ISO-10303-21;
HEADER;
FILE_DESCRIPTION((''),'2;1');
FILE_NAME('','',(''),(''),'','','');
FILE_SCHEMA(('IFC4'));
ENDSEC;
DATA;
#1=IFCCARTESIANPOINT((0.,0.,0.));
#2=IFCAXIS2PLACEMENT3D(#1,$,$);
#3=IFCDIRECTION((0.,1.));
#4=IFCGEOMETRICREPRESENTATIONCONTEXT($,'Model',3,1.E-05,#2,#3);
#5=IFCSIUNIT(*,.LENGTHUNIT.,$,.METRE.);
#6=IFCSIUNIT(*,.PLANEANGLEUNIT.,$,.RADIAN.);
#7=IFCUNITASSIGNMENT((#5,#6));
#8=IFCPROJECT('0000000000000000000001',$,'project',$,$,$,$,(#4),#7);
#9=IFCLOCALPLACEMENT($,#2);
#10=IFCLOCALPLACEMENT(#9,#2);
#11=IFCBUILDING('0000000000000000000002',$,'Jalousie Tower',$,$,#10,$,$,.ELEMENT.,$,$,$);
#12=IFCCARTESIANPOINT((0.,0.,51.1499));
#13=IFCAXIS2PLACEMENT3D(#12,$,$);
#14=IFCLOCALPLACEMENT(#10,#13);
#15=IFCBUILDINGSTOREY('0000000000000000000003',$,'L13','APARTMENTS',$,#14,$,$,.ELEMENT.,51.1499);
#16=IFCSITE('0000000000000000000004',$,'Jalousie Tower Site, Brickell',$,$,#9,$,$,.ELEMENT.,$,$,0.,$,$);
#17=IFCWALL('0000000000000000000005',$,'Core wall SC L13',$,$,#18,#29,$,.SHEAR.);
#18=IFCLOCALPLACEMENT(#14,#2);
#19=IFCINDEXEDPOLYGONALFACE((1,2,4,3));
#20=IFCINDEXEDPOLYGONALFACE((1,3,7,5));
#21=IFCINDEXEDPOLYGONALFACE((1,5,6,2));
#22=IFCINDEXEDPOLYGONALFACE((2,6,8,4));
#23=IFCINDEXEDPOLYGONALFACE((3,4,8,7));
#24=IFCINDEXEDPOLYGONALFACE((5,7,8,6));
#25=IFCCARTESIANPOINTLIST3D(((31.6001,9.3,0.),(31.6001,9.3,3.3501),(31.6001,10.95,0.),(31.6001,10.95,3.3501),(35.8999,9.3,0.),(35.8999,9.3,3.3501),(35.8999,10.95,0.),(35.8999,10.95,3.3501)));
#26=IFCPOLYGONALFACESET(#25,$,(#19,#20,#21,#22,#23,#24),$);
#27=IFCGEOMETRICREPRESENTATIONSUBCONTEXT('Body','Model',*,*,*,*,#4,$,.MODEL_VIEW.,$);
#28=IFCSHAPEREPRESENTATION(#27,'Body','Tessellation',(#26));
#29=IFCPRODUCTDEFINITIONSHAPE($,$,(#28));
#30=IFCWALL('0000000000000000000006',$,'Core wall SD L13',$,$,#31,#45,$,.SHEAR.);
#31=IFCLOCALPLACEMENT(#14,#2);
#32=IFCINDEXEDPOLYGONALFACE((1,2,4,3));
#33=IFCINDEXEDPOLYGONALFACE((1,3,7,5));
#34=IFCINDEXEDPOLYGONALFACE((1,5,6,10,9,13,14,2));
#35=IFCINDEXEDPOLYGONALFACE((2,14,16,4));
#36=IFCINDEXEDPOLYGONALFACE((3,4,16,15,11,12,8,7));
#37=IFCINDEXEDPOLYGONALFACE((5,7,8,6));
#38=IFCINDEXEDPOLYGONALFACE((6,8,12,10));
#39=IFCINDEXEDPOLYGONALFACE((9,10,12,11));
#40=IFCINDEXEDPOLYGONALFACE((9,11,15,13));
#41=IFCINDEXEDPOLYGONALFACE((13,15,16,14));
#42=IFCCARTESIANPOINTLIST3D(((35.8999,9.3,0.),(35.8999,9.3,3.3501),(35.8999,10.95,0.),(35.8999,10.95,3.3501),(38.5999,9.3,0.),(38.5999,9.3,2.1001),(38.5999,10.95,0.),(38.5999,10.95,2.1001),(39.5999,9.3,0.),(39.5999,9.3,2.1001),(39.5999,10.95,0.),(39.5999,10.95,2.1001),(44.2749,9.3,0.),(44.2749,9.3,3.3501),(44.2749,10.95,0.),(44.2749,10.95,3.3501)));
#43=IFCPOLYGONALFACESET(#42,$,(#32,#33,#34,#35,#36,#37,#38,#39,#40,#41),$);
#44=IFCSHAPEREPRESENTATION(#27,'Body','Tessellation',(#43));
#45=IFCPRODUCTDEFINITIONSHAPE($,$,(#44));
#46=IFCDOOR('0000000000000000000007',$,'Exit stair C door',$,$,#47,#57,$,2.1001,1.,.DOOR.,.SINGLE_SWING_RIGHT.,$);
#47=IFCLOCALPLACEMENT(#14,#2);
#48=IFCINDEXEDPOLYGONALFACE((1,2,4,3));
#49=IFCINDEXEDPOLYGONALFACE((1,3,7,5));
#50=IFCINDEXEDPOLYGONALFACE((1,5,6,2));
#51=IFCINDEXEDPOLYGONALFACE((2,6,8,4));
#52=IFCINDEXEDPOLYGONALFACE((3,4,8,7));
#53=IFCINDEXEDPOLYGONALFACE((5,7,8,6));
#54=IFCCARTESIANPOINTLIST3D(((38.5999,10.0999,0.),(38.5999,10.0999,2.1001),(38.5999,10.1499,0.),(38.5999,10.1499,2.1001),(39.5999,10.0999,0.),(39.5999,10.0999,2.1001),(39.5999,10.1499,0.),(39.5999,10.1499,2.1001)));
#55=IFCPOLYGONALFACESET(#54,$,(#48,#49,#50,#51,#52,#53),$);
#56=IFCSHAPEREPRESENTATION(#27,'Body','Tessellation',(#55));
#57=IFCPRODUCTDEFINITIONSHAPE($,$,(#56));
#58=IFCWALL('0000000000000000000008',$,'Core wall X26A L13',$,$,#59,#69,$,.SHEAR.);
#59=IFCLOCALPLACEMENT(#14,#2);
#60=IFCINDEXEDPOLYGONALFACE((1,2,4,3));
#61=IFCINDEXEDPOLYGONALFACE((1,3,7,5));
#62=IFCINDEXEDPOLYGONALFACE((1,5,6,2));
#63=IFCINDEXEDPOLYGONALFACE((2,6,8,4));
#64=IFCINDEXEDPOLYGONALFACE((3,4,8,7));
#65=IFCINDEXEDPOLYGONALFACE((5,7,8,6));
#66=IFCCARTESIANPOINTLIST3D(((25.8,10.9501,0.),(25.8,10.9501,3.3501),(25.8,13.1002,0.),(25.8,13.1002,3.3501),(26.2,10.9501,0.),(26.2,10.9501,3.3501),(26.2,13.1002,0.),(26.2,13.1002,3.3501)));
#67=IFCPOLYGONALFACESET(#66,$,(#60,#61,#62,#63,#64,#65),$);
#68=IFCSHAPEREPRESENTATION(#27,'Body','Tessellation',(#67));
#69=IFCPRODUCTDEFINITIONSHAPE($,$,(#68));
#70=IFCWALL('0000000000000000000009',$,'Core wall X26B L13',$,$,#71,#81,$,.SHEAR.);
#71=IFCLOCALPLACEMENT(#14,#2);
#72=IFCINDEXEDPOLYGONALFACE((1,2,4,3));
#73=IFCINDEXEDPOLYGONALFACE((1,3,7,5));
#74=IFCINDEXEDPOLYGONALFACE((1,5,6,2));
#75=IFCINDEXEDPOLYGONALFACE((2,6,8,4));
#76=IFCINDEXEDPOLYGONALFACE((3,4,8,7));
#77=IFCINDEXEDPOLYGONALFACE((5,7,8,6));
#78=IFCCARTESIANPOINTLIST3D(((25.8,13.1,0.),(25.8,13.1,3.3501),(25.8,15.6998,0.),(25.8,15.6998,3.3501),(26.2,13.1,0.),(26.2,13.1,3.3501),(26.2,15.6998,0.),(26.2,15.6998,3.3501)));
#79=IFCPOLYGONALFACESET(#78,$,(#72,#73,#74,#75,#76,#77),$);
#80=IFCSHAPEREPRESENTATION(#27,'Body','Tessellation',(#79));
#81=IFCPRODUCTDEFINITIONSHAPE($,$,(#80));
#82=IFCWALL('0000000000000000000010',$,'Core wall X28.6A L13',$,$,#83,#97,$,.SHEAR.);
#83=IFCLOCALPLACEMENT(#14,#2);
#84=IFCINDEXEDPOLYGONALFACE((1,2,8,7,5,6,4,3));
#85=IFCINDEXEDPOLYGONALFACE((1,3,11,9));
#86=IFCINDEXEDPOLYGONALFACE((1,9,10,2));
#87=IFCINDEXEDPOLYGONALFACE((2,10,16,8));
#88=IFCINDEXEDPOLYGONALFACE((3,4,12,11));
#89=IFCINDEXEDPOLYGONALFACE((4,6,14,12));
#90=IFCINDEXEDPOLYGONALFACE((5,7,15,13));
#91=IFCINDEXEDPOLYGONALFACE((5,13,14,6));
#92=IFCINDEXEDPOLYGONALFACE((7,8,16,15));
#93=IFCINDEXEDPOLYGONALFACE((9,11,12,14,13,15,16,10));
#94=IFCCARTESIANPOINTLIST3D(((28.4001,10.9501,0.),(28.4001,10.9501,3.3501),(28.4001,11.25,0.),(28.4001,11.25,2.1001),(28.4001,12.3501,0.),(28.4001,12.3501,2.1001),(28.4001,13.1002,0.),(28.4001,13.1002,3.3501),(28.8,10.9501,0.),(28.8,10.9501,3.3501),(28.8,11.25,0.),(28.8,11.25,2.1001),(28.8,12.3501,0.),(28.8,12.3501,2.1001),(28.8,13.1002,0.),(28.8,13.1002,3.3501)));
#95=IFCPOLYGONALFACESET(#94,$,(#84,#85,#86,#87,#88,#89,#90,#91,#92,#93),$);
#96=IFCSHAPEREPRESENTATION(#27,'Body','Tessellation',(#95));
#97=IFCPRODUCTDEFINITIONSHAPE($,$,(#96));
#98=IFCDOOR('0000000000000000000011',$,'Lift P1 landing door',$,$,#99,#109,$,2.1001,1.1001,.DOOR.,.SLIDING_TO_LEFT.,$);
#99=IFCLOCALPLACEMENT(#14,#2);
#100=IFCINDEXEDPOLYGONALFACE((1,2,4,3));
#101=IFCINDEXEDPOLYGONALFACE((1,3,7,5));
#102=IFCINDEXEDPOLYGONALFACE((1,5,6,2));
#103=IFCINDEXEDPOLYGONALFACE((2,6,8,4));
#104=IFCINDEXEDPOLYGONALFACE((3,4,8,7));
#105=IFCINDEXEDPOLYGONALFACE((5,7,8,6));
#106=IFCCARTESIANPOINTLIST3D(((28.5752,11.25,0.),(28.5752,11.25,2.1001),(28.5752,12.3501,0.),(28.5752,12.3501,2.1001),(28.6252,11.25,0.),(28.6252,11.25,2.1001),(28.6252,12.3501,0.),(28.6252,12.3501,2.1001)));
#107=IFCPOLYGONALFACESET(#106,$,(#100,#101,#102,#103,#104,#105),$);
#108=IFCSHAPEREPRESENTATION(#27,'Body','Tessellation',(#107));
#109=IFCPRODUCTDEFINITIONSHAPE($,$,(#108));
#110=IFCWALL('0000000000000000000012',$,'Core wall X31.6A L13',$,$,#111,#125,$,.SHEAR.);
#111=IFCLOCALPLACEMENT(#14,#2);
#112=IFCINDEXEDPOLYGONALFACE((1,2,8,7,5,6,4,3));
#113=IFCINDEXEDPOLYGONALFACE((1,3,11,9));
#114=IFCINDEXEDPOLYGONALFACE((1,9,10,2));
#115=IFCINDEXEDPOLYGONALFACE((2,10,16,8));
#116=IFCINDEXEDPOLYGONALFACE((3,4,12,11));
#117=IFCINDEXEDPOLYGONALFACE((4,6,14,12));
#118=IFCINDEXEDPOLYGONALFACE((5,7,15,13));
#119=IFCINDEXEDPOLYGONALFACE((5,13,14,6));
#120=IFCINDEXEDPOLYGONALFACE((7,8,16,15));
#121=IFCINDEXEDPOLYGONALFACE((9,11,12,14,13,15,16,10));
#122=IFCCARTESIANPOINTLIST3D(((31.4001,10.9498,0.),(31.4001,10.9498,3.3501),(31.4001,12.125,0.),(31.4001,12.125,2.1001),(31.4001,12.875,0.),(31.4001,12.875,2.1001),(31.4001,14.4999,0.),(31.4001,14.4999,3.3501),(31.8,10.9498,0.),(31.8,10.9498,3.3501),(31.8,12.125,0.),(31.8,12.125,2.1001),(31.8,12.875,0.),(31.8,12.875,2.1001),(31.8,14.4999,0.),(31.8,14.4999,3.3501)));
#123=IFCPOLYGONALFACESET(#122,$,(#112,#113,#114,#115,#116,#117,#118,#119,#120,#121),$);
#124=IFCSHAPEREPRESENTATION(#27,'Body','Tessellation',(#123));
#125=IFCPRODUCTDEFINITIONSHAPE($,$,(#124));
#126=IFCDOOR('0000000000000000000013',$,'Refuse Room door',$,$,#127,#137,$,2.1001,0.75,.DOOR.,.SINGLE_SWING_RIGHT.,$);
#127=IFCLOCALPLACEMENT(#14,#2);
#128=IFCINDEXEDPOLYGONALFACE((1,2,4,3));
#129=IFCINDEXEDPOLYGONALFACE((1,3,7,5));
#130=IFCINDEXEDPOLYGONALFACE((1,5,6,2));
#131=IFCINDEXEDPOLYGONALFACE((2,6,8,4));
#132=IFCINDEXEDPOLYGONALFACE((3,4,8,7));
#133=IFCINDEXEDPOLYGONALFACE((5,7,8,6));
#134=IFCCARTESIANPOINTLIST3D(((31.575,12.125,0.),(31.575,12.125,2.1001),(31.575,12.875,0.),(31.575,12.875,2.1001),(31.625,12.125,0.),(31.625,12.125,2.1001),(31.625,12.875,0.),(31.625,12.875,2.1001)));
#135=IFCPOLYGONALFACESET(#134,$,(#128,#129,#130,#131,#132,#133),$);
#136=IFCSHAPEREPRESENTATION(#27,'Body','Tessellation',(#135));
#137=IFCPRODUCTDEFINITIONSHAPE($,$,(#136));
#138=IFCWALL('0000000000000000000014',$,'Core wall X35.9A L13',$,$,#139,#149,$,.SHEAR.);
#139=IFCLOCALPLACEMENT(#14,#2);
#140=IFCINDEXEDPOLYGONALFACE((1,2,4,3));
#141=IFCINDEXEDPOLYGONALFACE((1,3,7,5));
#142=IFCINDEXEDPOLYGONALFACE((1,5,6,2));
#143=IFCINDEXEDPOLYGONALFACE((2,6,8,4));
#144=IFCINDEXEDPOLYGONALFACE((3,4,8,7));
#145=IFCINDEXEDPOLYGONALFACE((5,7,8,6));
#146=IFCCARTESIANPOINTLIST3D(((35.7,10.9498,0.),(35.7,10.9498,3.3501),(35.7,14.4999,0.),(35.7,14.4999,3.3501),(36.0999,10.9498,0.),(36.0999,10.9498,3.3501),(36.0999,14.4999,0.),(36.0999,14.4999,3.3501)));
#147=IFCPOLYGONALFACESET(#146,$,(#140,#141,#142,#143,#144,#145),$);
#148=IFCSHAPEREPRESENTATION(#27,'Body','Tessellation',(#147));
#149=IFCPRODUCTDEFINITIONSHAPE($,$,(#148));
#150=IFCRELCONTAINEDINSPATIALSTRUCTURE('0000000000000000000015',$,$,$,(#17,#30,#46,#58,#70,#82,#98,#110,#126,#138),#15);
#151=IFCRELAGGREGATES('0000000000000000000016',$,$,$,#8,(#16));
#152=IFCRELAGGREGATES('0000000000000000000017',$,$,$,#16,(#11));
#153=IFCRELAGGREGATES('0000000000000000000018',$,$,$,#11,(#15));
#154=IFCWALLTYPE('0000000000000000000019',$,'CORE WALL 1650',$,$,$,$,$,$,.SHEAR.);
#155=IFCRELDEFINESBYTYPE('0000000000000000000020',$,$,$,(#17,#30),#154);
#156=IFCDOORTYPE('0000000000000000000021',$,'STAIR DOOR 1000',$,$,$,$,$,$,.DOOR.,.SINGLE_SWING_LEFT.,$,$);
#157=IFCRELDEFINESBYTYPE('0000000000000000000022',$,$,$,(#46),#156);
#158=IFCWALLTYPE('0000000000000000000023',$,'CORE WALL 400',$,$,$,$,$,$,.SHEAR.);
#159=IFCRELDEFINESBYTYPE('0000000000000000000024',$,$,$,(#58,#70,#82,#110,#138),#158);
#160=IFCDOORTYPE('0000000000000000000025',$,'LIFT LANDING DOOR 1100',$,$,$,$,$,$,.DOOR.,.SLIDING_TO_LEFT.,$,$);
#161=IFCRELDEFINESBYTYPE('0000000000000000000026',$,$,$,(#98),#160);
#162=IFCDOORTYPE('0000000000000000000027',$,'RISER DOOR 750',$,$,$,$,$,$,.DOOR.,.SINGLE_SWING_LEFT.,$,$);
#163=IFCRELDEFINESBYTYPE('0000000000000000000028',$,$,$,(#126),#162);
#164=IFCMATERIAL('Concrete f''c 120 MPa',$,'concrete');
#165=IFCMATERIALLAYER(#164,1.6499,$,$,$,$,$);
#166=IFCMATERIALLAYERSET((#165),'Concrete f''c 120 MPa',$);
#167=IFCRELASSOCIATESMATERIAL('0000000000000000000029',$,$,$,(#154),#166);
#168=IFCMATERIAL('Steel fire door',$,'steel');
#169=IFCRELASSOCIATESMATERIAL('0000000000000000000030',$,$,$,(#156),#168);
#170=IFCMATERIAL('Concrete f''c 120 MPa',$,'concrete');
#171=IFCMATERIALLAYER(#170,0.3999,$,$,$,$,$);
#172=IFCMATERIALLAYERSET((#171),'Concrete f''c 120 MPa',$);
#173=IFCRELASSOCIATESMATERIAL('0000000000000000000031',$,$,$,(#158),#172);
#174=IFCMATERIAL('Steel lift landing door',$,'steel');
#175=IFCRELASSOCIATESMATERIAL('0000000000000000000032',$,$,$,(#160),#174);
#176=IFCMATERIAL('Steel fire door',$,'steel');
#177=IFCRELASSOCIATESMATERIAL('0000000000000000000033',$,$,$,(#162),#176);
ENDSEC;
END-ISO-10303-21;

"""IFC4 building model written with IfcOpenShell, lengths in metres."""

from ifc_helpers import new_model, si_unit, direction, frame, frame_2d, origin, place, context, subcontext, project, spatial, rectangle, extrude, material, layer, layer_set, type_object, element, fill, save


model = new_model("IFC4")

# Units and contexts
model_context = context("Model", 3, precision=1e-05, world=origin(), true_north=direction((0.0, 1.0)))
body_context = subcontext(model_context, "Body", "Model", "MODEL_VIEW")
ifc_project = project(units=[si_unit("LENGTHUNIT", "METRE"), si_unit("PLANEANGLEUNIT", "RADIAN")], contexts=[model_context])

# Site, building, storey
site_placement = place(None, origin())
site = spatial("IfcSite", under=ifc_project, at=site_placement, Name="Jalousie Tower Site, Brickell", CompositionType="ELEMENT", RefElevation=0.0)
building_placement = place(site_placement, origin())
building = spatial("IfcBuilding", under=site, at=building_placement, Name="Jalousie Tower", CompositionType="ELEMENT")
storey_placement = place(building_placement, frame((0.0, 0.0, 51.1499)))
storey = spatial("IfcBuildingStorey", under=building, at=storey_placement, Name="L13", Description="APARTMENTS", CompositionType="ELEMENT", Elevation=51.1499)

# Wall
ifc_material_1 = material(Name="Concrete f'c 120 MPa", Category="concrete")
ifc_layer_1 = layer(ifc_material_1, 1.6499)
ifc_layer_set_1 = layer_set([ifc_layer_1], Name="Concrete f'c 120 MPa")
wall_type_1 = type_object("IfcWallType", Name="CORE WALL 1650", PredefinedType="SHEAR", material=ifc_layer_set_1)
wall_1_placement = place(storey_placement, frame((31.6001, 10.125, 0.0), z_axis=(0.0, 0.0, 1.0), x_axis=(1.0, 0.0, 0.0)))
element("IfcWall", 1, at=wall_1_placement, inside=storey, type_object=wall_type_1, Name="Core wall SC L13", PredefinedType="SHEAR", context=body_context, shape_type="SweptSolid", body=[
    extrude(rectangle(XDim=4.2998, YDim=1.6499, at=frame_2d((2.1499, 0.0))), origin(), (0.0, 0.0, 1.0), 3.3501),
])

# Wall, opening, door
wall_2_placement = place(storey_placement, frame((35.8999, 10.125, 0.0), z_axis=(0.0, 0.0, 1.0), x_axis=(1.0, 0.0, 0.0)))
wall_2 = element("IfcWall", 2, at=wall_2_placement, inside=storey, type_object=wall_type_1, Name="Core wall SD L13", PredefinedType="SHEAR", context=body_context, shape_type="SweptSolid", body=[
    extrude(rectangle(XDim=8.375, YDim=1.6499, at=frame_2d((4.1875, 0.0))), origin(), (0.0, 0.0, 1.0), 3.3501),
])
opening_1_placement = place(wall_2_placement, frame((2.7, 0.0, 0.0)))
opening_1 = element("IfcOpeningElement", 3, at=opening_1_placement, cuts=wall_2, PredefinedType="OPENING", context=body_context, shape_type="SweptSolid", body=[
    extrude(rectangle(XDim=1.0, YDim=2.1001, at=frame_2d((0.5, 1.05))), frame((0.0, 0.835, 0.0), z_axis=(0.0, -1.0, 0.0), x_axis=(1.0, 0.0, 0.0)), (0.0, 0.0, 1.0), 1.6699),
])
ifc_material_2 = material(Name="Steel fire door", Category="steel")
door_type_1 = type_object("IfcDoorType", Name="STAIR DOOR 1000", OperationType="SINGLE_SWING_LEFT", PredefinedType="DOOR", material=ifc_material_2)
door_1_placement = place(opening_1_placement, origin())
door_1 = element("IfcDoor", 4, at=door_1_placement, inside=storey, type_object=door_type_1, Name="Exit stair C door", OperationType="SINGLE_SWING_RIGHT", OverallHeight=2.1001, OverallWidth=1.0, PredefinedType="DOOR", context=body_context, shape_type="SweptSolid", body=[
    extrude(rectangle(XDim=1.0, YDim=2.1001, at=frame_2d((0.5, 1.05))), frame((0.0, 0.0249, 0.0), z_axis=(0.0, -1.0, 0.0), x_axis=(1.0, 0.0, 0.0)), (0.0, 0.0, 1.0), 0.05),
])
fill(opening_1, door_1)

# Walls
ifc_material_3 = material(Name="Concrete f'c 120 MPa", Category="concrete")
ifc_layer_2 = layer(ifc_material_3, 0.3999)
ifc_layer_set_2 = layer_set([ifc_layer_2], Name="Concrete f'c 120 MPa")
wall_type_2 = type_object("IfcWallType", Name="CORE WALL 400", PredefinedType="SHEAR", material=ifc_layer_set_2)
wall_3_placement = place(storey_placement, frame((26.0, 10.95, 0.0), z_axis=(0.0, 0.0, 1.0), x_axis=(0.0, 1.0, 0.0)))
element("IfcWall", 5, at=wall_3_placement, inside=storey, type_object=wall_type_2, Name="Core wall X26A L13", PredefinedType="SHEAR", context=body_context, shape_type="SweptSolid", body=[
    extrude(rectangle(XDim=2.1501, YDim=0.3999, at=frame_2d((1.0752, 0.0))), origin(), (0.0, 0.0, 1.0), 3.3501),
])
wall_4_placement = place(storey_placement, frame((26.0, 13.1001, 0.0), z_axis=(0.0, 0.0, 1.0), x_axis=(0.0, 1.0, 0.0)))
element("IfcWall", 6, at=wall_4_placement, inside=storey, type_object=wall_type_2, Name="Core wall X26B L13", PredefinedType="SHEAR", context=body_context, shape_type="SweptSolid", body=[
    extrude(rectangle(XDim=2.5999, YDim=0.3999, at=frame_2d((1.2998, 0.0))), origin(), (0.0, 0.0, 1.0), 3.3501),
])

# Walls, openings, doors
wall_5_placement = place(storey_placement, frame((28.6001, 10.95, 0.0), z_axis=(0.0, 0.0, 1.0), x_axis=(0.0, 1.0, 0.0)))
wall_5 = element("IfcWall", 7, at=wall_5_placement, inside=storey, type_object=wall_type_2, Name="Core wall X28.6A L13", PredefinedType="SHEAR", context=body_context, shape_type="SweptSolid", body=[
    extrude(rectangle(XDim=2.1501, YDim=0.3999, at=frame_2d((1.0752, 0.0))), origin(), (0.0, 0.0, 1.0), 3.3501),
])
opening_2_placement = place(wall_5_placement, frame((0.3, 0.0, 0.0)))
opening_2 = element("IfcOpeningElement", 8, at=opening_2_placement, cuts=wall_5, PredefinedType="OPENING", context=body_context, shape_type="SweptSolid", body=[
    extrude(rectangle(XDim=1.1001, YDim=2.1001, at=frame_2d((0.55, 1.05))), frame((0.0, 0.21, 0.0), z_axis=(0.0, -1.0, 0.0), x_axis=(1.0, 0.0, 0.0)), (0.0, 0.0, 1.0), 0.4199),
])
ifc_material_4 = material(Name="Steel lift landing door", Category="steel")
door_type_2 = type_object("IfcDoorType", Name="LIFT LANDING DOOR 1100", OperationType="SLIDING_TO_LEFT", PredefinedType="DOOR", material=ifc_material_4)
door_2_placement = place(opening_2_placement, origin())
door_2 = element("IfcDoor", 9, at=door_2_placement, inside=storey, type_object=door_type_2, Name="Lift P1 landing door", OperationType="SLIDING_TO_LEFT", OverallHeight=2.1001, OverallWidth=1.1001, PredefinedType="DOOR", context=body_context, shape_type="SweptSolid", body=[
    extrude(rectangle(XDim=1.1001, YDim=2.1001, at=frame_2d((0.55, 1.05))), frame((0.0, 0.0249, 0.0), z_axis=(0.0, -1.0, 0.0), x_axis=(1.0, 0.0, 0.0)), (0.0, 0.0, 1.0), 0.05),
])
fill(opening_2, door_2)
wall_6_placement = place(storey_placement, frame((31.6001, 10.95, 0.0), z_axis=(0.0, 0.0, 1.0), x_axis=(0.0, 1.0, 0.0)))
wall_6 = element("IfcWall", 10, at=wall_6_placement, inside=storey, type_object=wall_type_2, Name="Core wall X31.6A L13", PredefinedType="SHEAR", context=body_context, shape_type="SweptSolid", body=[
    extrude(rectangle(XDim=3.55, YDim=0.3999, at=frame_2d((1.7749, 0.0))), origin(), (0.0, 0.0, 1.0), 3.3501),
])
opening_3_placement = place(wall_6_placement, frame((1.175, 0.0, 0.0)))
opening_3 = element("IfcOpeningElement", 11, at=opening_3_placement, cuts=wall_6, PredefinedType="OPENING", context=body_context, shape_type="SweptSolid", body=[
    extrude(rectangle(XDim=0.75, YDim=2.1001, at=frame_2d((0.375, 1.05))), frame((0.0, 0.21, 0.0), z_axis=(0.0, -1.0, 0.0), x_axis=(1.0, 0.0, 0.0)), (0.0, 0.0, 1.0), 0.4199),
])
ifc_material_5 = material(Name="Steel fire door", Category="steel")
door_type_3 = type_object("IfcDoorType", Name="RISER DOOR 750", OperationType="SINGLE_SWING_LEFT", PredefinedType="DOOR", material=ifc_material_5)
door_3_placement = place(opening_3_placement, frame((0.75, 0.0, 0.0), z_axis=(0.0, 0.0, 1.0), x_axis=(-1.0, 0.0, 0.0)))
door_3 = element("IfcDoor", 12, at=door_3_placement, inside=storey, type_object=door_type_3, Name="Refuse Room door", OperationType="SINGLE_SWING_RIGHT", OverallHeight=2.1001, OverallWidth=0.75, PredefinedType="DOOR", context=body_context, shape_type="SweptSolid", body=[
    extrude(rectangle(XDim=0.75, YDim=2.1001, at=frame_2d((0.375, 1.05))), frame((0.0, 0.0249, 0.0), z_axis=(0.0, -1.0, 0.0), x_axis=(1.0, 0.0, 0.0)), (0.0, 0.0, 1.0), 0.05),
])
fill(opening_3, door_3)

# Wall
wall_7_placement = place(storey_placement, frame((35.8999, 10.95, 0.0), z_axis=(0.0, 0.0, 1.0), x_axis=(0.0, 1.0, 0.0)))
element("IfcWall", 13, at=wall_7_placement, inside=storey, type_object=wall_type_2, Name="Core wall X35.9A L13", PredefinedType="SHEAR", context=body_context, shape_type="SweptSolid", body=[
    extrude(rectangle(XDim=3.55, YDim=0.3999, at=frame_2d((1.7749, 0.0))), origin(), (0.0, 0.0, 1.0), 3.3501),
])

save(model, "model.ifc")
